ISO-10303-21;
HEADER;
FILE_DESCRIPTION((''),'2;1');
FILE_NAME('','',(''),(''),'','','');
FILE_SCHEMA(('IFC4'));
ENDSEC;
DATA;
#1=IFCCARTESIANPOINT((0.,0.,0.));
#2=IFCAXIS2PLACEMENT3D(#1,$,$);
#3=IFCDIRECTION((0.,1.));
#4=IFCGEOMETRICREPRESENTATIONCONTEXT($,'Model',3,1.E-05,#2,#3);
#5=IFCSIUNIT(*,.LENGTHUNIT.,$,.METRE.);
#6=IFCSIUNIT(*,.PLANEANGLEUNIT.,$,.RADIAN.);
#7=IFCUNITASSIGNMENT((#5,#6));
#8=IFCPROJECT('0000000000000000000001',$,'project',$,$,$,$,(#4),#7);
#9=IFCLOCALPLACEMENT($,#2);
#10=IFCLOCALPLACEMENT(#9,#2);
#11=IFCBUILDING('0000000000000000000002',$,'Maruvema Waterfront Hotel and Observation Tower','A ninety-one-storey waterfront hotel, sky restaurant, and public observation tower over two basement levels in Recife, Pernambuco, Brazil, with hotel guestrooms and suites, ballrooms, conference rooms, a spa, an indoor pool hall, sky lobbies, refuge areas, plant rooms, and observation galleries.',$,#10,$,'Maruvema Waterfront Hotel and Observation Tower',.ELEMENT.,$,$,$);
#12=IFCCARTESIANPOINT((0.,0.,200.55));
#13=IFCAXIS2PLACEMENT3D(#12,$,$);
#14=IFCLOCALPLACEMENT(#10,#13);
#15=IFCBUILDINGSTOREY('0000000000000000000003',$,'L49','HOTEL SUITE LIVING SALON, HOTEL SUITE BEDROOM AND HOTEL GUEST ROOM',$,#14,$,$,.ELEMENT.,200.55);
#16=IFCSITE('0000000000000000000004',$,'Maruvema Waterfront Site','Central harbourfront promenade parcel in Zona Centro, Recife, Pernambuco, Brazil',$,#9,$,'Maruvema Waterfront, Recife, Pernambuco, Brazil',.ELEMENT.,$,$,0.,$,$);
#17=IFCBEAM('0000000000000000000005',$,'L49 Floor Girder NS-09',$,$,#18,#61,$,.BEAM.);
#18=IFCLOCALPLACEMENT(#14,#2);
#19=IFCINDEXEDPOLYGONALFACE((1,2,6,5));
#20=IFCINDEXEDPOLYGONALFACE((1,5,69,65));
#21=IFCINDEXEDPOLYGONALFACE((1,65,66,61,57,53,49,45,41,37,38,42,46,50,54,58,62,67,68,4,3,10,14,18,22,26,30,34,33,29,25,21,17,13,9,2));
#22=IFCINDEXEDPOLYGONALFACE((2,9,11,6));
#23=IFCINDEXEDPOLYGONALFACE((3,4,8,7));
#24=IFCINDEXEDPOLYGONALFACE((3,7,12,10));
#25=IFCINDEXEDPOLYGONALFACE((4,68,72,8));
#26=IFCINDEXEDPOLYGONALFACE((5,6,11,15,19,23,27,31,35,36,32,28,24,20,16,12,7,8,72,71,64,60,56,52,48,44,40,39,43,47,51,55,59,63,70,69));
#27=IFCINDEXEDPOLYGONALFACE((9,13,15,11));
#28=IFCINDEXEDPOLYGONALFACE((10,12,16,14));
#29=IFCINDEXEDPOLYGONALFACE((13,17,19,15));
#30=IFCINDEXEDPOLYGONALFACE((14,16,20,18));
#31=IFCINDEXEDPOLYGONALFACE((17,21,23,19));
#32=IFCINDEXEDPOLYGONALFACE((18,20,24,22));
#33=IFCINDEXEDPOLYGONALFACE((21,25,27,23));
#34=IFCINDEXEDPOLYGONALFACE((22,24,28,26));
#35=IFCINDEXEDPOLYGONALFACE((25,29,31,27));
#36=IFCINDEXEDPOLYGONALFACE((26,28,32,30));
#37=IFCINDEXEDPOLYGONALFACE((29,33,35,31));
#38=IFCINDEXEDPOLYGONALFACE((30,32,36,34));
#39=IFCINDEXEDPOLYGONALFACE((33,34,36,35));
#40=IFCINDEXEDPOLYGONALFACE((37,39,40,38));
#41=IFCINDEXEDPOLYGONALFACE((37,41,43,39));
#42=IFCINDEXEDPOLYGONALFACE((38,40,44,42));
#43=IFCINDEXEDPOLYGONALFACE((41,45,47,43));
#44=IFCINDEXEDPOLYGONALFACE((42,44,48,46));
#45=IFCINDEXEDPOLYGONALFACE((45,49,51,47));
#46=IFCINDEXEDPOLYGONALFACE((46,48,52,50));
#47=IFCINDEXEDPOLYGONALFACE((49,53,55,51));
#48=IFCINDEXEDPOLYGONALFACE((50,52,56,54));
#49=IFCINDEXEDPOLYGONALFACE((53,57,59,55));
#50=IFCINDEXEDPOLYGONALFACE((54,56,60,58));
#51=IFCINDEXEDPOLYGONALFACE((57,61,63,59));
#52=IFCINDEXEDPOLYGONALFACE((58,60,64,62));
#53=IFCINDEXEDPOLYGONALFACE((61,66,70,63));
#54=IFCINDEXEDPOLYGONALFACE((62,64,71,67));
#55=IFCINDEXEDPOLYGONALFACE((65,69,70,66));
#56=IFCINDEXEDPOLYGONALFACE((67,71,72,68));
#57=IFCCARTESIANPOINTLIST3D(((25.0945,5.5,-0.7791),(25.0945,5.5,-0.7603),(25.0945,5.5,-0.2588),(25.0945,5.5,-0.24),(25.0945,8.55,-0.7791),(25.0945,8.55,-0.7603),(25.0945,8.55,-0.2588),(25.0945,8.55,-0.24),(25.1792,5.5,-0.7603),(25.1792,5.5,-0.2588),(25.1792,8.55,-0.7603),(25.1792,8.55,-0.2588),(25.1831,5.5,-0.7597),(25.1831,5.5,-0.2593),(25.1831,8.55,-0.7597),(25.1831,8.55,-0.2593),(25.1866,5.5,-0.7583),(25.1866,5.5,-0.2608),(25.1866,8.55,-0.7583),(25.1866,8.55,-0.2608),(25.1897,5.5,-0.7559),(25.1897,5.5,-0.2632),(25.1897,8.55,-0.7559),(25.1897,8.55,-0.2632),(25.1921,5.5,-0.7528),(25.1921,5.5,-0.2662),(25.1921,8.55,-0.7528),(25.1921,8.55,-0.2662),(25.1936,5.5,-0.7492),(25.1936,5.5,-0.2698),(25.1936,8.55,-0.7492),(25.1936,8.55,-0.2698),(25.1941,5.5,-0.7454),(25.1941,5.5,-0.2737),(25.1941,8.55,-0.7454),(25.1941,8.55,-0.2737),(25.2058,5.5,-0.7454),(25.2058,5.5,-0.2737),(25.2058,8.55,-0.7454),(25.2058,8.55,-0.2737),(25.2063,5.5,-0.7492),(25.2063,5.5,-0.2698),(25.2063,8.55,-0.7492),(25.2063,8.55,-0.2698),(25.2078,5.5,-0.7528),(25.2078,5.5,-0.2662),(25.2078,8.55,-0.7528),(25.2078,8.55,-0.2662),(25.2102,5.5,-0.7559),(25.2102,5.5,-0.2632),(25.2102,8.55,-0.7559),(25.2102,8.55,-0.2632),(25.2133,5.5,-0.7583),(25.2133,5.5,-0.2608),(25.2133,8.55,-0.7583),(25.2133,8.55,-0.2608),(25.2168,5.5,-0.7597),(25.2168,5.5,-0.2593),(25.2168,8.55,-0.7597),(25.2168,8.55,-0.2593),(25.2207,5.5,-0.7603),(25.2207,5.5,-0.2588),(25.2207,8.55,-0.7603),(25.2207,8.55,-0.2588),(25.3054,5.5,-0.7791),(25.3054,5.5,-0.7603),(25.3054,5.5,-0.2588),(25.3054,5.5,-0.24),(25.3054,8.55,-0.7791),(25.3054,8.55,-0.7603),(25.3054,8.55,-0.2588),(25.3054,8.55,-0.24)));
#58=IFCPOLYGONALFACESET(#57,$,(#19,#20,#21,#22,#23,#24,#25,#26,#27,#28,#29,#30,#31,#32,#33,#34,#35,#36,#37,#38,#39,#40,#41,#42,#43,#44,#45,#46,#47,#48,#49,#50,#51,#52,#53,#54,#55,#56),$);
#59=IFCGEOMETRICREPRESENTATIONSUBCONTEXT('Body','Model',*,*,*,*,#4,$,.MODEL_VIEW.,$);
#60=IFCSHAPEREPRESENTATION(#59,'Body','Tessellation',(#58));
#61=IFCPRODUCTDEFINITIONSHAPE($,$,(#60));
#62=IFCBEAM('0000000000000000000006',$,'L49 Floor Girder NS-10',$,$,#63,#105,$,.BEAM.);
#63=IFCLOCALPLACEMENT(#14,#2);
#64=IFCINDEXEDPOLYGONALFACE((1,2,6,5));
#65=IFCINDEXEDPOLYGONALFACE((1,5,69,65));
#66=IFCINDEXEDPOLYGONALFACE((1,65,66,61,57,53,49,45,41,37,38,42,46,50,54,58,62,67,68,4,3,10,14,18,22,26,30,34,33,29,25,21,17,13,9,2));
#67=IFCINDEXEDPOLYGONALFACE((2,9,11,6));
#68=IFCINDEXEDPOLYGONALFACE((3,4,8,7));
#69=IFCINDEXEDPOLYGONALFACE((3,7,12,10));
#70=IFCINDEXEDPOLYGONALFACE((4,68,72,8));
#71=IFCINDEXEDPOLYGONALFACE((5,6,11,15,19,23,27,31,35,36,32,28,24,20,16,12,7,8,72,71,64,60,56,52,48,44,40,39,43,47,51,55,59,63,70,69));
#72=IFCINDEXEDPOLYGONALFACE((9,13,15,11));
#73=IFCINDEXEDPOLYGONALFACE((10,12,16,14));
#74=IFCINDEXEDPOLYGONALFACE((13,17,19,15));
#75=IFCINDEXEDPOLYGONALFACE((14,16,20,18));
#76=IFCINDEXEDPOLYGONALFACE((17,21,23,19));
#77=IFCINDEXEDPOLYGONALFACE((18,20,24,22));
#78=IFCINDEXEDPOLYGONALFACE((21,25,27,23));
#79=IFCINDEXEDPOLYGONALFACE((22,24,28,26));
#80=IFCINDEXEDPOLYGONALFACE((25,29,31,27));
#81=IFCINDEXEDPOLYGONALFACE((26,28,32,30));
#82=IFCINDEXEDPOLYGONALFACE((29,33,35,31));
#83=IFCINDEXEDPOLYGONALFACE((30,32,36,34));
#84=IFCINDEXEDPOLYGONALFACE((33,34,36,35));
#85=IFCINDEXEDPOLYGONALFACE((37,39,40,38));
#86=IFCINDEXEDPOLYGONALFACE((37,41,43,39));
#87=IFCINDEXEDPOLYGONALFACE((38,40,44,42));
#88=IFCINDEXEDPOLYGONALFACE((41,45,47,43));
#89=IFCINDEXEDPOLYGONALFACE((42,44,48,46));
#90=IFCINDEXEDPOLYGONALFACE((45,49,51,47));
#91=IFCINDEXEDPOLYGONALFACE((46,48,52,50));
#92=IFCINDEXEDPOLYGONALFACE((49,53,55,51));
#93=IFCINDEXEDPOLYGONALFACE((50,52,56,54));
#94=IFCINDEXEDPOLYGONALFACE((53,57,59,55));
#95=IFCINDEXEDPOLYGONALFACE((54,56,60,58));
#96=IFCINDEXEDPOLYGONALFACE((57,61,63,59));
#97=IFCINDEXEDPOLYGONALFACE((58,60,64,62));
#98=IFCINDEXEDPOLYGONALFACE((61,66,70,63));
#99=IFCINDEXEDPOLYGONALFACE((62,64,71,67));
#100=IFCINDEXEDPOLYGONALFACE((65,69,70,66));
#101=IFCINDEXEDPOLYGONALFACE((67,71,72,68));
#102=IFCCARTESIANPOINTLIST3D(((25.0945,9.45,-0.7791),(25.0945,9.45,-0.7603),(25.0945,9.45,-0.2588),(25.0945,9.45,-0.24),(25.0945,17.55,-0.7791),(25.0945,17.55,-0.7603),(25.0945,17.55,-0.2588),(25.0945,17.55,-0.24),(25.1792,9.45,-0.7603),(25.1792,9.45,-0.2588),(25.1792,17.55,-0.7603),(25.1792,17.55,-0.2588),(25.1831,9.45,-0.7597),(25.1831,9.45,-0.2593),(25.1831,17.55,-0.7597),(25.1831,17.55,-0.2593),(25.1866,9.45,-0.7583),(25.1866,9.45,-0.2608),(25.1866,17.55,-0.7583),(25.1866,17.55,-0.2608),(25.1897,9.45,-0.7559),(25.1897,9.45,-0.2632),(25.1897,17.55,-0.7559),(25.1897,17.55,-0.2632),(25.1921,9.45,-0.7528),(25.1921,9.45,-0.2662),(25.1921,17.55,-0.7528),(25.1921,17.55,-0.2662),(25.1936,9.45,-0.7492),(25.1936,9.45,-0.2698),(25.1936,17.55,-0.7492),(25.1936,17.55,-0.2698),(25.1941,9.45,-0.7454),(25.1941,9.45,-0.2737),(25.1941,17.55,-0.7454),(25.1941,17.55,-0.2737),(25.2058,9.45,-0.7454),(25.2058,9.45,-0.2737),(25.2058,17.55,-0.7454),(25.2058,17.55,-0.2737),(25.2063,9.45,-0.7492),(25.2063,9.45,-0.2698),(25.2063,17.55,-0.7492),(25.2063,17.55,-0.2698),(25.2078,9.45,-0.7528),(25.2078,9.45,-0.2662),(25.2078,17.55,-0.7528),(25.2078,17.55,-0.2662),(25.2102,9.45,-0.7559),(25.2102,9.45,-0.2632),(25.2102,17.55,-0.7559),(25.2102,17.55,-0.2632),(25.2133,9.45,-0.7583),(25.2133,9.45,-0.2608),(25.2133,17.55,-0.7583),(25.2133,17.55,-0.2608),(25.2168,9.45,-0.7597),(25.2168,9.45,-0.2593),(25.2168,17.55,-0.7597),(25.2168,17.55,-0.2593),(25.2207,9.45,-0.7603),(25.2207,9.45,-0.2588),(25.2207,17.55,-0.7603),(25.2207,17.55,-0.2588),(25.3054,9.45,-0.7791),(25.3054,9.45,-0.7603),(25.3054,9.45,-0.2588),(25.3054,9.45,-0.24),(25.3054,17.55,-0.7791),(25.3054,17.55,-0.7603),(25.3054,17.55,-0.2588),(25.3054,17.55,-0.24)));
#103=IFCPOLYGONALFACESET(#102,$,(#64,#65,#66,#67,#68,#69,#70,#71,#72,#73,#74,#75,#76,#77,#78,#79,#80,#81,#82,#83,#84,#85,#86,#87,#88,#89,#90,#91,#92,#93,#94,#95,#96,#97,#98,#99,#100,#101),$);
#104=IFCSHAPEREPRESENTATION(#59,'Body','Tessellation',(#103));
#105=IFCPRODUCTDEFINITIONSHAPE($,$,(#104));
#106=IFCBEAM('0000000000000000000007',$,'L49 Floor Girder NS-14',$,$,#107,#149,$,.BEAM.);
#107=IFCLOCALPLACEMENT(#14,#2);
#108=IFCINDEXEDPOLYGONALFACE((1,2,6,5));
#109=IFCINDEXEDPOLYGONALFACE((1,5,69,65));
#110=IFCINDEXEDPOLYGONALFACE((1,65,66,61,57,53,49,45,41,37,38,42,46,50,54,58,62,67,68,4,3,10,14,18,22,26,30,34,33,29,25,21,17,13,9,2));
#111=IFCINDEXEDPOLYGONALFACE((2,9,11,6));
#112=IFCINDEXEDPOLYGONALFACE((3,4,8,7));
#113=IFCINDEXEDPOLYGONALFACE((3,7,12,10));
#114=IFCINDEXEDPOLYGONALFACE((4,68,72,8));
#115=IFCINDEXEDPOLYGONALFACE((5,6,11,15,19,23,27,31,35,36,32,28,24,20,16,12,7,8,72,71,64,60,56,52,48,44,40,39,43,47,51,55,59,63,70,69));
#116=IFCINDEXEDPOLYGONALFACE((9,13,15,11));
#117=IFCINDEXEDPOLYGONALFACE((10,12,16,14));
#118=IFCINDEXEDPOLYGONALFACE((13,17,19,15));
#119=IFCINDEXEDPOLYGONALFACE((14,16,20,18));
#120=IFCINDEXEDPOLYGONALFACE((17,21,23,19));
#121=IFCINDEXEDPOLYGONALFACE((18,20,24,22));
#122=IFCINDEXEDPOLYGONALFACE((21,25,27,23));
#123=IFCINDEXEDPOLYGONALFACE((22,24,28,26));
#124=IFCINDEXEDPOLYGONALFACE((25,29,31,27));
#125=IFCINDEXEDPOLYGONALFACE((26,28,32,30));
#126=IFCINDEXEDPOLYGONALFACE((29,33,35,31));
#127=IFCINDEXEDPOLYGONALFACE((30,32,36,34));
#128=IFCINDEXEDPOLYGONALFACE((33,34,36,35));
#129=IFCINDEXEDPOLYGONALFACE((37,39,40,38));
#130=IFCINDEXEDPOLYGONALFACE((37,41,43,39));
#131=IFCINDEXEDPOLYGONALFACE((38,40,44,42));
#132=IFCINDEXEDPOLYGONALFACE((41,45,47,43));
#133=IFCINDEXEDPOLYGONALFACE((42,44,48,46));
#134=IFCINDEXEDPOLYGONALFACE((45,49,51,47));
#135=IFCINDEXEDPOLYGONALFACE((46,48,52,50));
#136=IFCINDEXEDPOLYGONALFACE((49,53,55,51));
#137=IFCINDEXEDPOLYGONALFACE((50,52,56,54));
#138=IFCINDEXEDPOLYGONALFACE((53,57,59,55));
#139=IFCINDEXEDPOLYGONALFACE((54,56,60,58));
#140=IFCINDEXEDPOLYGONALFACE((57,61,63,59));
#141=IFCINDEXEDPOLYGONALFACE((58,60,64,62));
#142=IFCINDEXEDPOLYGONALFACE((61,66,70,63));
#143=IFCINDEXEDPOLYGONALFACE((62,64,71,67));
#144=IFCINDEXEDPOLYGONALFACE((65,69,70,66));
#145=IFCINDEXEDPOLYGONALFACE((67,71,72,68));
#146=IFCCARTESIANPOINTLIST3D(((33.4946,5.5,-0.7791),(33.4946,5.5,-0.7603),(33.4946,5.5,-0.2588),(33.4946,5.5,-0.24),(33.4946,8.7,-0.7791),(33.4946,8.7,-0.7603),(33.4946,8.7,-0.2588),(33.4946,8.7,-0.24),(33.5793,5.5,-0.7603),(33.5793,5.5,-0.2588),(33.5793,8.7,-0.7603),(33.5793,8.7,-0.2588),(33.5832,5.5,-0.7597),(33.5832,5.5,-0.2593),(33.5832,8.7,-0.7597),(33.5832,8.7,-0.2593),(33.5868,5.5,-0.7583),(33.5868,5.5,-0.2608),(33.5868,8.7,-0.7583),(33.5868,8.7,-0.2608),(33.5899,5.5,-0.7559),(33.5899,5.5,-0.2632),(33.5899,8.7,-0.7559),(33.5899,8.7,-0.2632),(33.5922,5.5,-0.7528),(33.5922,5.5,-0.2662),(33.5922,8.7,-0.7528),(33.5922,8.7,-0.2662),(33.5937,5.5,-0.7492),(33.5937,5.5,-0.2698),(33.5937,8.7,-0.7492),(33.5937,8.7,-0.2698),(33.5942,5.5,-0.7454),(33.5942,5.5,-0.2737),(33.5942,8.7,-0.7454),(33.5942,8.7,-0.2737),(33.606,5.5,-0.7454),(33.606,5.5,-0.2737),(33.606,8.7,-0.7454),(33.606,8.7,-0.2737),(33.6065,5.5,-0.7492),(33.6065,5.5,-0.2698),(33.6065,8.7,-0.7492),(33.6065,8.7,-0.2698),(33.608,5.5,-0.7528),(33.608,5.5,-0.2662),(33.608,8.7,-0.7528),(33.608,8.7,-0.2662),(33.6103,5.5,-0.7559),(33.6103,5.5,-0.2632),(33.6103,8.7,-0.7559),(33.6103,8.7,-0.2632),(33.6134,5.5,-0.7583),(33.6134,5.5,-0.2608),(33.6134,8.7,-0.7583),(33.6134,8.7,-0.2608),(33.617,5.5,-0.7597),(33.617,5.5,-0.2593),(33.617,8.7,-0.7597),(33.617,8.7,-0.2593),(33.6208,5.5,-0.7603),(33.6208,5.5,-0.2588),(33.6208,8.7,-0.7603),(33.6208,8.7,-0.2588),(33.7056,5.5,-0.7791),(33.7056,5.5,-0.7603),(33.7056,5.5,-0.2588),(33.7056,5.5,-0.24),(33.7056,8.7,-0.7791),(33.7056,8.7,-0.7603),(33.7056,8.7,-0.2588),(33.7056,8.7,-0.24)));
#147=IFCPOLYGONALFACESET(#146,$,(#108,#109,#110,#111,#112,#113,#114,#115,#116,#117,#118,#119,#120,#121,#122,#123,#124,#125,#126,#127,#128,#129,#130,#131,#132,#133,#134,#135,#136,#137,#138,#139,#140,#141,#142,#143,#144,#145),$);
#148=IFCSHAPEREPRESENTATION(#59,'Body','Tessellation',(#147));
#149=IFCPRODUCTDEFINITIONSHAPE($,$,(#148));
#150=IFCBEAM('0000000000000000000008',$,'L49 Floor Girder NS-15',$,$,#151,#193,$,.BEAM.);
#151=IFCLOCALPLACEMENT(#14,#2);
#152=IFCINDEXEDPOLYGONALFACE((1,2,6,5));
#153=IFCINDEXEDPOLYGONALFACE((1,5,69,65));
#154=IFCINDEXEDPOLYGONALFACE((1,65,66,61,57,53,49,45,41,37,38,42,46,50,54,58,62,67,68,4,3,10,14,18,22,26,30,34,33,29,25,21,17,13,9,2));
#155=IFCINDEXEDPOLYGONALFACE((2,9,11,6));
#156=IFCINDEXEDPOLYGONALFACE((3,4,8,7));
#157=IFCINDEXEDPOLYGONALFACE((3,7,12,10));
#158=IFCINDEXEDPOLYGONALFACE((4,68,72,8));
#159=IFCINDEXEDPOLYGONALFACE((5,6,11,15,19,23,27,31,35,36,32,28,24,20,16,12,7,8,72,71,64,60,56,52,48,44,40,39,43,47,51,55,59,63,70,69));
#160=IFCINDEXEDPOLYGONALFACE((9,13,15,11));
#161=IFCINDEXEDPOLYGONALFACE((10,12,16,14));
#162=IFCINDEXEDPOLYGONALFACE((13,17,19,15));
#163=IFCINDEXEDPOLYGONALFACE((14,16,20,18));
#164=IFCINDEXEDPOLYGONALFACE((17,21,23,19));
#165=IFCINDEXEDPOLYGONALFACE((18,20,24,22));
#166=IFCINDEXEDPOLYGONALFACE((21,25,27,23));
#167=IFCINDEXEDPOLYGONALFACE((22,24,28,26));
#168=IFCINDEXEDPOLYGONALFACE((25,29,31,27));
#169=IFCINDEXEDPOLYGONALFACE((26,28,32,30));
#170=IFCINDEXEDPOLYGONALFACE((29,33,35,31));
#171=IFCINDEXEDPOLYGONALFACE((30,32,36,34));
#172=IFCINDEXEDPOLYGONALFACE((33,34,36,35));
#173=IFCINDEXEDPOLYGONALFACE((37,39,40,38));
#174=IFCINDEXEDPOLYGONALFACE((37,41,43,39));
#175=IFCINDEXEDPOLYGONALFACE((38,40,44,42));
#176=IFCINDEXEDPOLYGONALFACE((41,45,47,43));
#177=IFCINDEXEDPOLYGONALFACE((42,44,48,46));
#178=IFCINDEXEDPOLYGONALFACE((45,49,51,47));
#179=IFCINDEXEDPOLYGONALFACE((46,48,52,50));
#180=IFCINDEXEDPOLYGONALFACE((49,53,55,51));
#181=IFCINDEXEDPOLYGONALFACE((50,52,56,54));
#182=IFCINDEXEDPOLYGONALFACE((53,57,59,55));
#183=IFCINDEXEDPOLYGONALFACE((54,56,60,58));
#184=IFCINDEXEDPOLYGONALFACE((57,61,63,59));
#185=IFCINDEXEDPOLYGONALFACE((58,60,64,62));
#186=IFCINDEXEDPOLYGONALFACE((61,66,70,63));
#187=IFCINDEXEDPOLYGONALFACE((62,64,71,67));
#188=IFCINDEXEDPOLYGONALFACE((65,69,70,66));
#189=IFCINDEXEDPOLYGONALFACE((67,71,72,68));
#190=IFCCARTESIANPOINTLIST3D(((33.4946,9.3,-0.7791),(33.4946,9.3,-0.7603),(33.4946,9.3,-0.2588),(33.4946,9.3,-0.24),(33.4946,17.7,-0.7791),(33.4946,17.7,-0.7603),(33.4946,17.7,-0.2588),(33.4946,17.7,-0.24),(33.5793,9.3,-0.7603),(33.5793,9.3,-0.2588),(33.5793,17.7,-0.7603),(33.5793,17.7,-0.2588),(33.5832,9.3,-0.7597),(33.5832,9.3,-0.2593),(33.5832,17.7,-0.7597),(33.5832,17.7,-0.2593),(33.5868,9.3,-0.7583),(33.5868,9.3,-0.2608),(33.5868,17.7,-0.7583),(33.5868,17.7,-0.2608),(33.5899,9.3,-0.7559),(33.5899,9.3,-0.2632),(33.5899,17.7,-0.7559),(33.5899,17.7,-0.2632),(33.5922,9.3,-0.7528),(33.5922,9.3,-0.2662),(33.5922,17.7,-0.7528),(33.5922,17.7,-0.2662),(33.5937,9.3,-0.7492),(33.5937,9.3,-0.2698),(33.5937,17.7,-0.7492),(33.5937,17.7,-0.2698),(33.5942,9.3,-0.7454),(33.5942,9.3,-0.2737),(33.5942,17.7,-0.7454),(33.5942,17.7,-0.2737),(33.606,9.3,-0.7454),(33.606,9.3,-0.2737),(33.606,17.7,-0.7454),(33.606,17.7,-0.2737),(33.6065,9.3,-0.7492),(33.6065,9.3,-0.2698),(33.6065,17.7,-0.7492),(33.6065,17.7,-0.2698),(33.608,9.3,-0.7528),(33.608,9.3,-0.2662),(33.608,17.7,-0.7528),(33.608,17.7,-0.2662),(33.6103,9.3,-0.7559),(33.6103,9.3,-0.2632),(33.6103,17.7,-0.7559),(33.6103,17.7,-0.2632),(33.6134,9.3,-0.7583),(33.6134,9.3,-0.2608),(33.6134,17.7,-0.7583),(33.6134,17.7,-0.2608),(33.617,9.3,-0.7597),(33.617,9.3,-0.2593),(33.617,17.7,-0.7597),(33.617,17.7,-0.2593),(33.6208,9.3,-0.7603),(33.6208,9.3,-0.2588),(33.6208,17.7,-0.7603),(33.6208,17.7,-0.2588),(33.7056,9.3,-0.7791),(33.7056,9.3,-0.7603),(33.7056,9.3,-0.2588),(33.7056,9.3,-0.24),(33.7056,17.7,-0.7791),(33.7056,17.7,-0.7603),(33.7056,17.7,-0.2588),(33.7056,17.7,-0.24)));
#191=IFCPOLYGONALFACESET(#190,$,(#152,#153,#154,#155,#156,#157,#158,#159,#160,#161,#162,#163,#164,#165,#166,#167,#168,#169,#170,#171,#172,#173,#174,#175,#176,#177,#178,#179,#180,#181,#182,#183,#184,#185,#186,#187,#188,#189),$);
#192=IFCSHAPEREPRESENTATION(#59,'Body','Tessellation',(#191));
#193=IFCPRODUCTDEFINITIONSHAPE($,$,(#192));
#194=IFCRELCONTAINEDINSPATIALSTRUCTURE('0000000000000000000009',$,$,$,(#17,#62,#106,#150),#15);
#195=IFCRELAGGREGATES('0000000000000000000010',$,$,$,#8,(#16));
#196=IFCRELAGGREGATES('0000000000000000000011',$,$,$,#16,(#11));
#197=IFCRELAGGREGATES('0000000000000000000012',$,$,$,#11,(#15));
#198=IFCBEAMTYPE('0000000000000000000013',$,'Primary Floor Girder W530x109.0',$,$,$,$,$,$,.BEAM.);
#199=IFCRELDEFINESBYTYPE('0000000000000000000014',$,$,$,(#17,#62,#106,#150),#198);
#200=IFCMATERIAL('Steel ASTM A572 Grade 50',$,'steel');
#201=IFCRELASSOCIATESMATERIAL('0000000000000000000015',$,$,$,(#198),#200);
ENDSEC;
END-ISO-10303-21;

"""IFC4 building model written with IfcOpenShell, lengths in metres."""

from ifc_helpers import new_model, si_unit, direction, frame, origin, origin_2d, place, context, subcontext, project, spatial, i_section, extrude, material, material_profile, profile_set, type_object, element, save


model = new_model("IFC4")

# Units and contexts
model_context = context("Model", 3, precision=1e-05, world=origin(), true_north=direction((0.0, 1.0)))
body_context = subcontext(model_context, "Body", "Model", "MODEL_VIEW")
ifc_project = project(units=[si_unit("LENGTHUNIT", "METRE"), si_unit("PLANEANGLEUNIT", "RADIAN")], contexts=[model_context])

# Site, building, storey
site_placement = place(None, origin())
site = spatial("IfcSite", under=ifc_project, at=site_placement, Name="Maruvema Waterfront Site", Description="Central harbourfront promenade parcel in Zona Centro, Recife, Pernambuco, Brazil", LongName="Maruvema Waterfront, Recife, Pernambuco, Brazil", CompositionType="ELEMENT", RefElevation=0.0)
building_placement = place(site_placement, origin())
building = spatial("IfcBuilding", under=site, at=building_placement, Name="Maruvema Waterfront Hotel and Observation Tower", Description="A ninety-one-storey waterfront hotel, sky restaurant, and public observation tower over two basement levels in Recife, Pernambuco, Brazil, with hotel guestrooms and suites, ballrooms, conference rooms, a spa, an indoor pool hall, sky lobbies, refuge areas, plant rooms, and observation galleries.", LongName="Maruvema Waterfront Hotel and Observation Tower", CompositionType="ELEMENT")
storey_placement = place(building_placement, frame((0.0, 0.0, 200.55)))
storey = spatial("IfcBuildingStorey", under=building, at=storey_placement, Name="L49", Description="HOTEL SUITE LIVING SALON, HOTEL SUITE BEDROOM AND HOTEL GUEST ROOM", CompositionType="ELEMENT", Elevation=200.55)

# Beams
ifc_material_1 = material(Name="Steel ASTM A572 Grade 50", Category="steel")
ifc_material_profile_1 = material_profile(ifc_material_1, i_section(OverallWidth=0.2109, OverallDepth=0.5391, WebThickness=0.0117, FlangeThickness=0.0188, FilletRadius=0.0149, at=origin_2d()), Name="W530x109.0")
ifc_profile_set_1 = profile_set([ifc_material_profile_1], Name="Steel ASTM A572 Grade 50")
beam_type_1 = type_object("IfcBeamType", Name="Primary Floor Girder W530x109.0", PredefinedType="BEAM", material=ifc_profile_set_1)
beam_1_placement = place(storey_placement, frame((25.2, 5.5, -0.5095), z_axis=(0.0, 1.0, 0.0), x_axis=(-1.0, 0.0, 0.0)))
element("IfcBeam", 1, at=beam_1_placement, inside=storey, type_object=beam_type_1, Name="L49 Floor Girder NS-09", PredefinedType="BEAM", context=body_context, shape_type="SweptSolid", body=[
    extrude(i_section(OverallWidth=0.2109, OverallDepth=0.5391, WebThickness=0.0117, FlangeThickness=0.0188, FilletRadius=0.0149, at=origin_2d()), origin(), (0.0, 0.0, 1.0), 3.05),
])
beam_2_placement = place(storey_placement, frame((25.2, 9.45, -0.5095), z_axis=(0.0, 1.0, 0.0), x_axis=(-1.0, 0.0, 0.0)))
element("IfcBeam", 2, at=beam_2_placement, inside=storey, type_object=beam_type_1, Name="L49 Floor Girder NS-10", PredefinedType="BEAM", context=body_context, shape_type="SweptSolid", body=[
    extrude(i_section(OverallWidth=0.2109, OverallDepth=0.5391, WebThickness=0.0117, FlangeThickness=0.0188, FilletRadius=0.0149, at=origin_2d()), origin(), (0.0, 0.0, 1.0), 8.1001),
])
beam_3_placement = place(storey_placement, frame((33.6001, 5.5, -0.5095), z_axis=(0.0, 1.0, 0.0), x_axis=(-1.0, 0.0, 0.0)))
element("IfcBeam", 3, at=beam_3_placement, inside=storey, type_object=beam_type_1, Name="L49 Floor Girder NS-14", PredefinedType="BEAM", context=body_context, shape_type="SweptSolid", body=[
    extrude(i_section(OverallWidth=0.2109, OverallDepth=0.5391, WebThickness=0.0117, FlangeThickness=0.0188, FilletRadius=0.0149, at=origin_2d()), origin(), (0.0, 0.0, 1.0), 3.2),
])
beam_4_placement = place(storey_placement, frame((33.6001, 9.3, -0.5095), z_axis=(0.0, 1.0, 0.0), x_axis=(-1.0, 0.0, 0.0)))
element("IfcBeam", 4, at=beam_4_placement, inside=storey, type_object=beam_type_1, Name="L49 Floor Girder NS-15", PredefinedType="BEAM", context=body_context, shape_type="SweptSolid", body=[
    extrude(i_section(OverallWidth=0.2109, OverallDepth=0.5391, WebThickness=0.0117, FlangeThickness=0.0188, FilletRadius=0.0149, at=origin_2d()), origin(), (0.0, 0.0, 1.0), 8.3999),
])

save(model, "model.ifc")
